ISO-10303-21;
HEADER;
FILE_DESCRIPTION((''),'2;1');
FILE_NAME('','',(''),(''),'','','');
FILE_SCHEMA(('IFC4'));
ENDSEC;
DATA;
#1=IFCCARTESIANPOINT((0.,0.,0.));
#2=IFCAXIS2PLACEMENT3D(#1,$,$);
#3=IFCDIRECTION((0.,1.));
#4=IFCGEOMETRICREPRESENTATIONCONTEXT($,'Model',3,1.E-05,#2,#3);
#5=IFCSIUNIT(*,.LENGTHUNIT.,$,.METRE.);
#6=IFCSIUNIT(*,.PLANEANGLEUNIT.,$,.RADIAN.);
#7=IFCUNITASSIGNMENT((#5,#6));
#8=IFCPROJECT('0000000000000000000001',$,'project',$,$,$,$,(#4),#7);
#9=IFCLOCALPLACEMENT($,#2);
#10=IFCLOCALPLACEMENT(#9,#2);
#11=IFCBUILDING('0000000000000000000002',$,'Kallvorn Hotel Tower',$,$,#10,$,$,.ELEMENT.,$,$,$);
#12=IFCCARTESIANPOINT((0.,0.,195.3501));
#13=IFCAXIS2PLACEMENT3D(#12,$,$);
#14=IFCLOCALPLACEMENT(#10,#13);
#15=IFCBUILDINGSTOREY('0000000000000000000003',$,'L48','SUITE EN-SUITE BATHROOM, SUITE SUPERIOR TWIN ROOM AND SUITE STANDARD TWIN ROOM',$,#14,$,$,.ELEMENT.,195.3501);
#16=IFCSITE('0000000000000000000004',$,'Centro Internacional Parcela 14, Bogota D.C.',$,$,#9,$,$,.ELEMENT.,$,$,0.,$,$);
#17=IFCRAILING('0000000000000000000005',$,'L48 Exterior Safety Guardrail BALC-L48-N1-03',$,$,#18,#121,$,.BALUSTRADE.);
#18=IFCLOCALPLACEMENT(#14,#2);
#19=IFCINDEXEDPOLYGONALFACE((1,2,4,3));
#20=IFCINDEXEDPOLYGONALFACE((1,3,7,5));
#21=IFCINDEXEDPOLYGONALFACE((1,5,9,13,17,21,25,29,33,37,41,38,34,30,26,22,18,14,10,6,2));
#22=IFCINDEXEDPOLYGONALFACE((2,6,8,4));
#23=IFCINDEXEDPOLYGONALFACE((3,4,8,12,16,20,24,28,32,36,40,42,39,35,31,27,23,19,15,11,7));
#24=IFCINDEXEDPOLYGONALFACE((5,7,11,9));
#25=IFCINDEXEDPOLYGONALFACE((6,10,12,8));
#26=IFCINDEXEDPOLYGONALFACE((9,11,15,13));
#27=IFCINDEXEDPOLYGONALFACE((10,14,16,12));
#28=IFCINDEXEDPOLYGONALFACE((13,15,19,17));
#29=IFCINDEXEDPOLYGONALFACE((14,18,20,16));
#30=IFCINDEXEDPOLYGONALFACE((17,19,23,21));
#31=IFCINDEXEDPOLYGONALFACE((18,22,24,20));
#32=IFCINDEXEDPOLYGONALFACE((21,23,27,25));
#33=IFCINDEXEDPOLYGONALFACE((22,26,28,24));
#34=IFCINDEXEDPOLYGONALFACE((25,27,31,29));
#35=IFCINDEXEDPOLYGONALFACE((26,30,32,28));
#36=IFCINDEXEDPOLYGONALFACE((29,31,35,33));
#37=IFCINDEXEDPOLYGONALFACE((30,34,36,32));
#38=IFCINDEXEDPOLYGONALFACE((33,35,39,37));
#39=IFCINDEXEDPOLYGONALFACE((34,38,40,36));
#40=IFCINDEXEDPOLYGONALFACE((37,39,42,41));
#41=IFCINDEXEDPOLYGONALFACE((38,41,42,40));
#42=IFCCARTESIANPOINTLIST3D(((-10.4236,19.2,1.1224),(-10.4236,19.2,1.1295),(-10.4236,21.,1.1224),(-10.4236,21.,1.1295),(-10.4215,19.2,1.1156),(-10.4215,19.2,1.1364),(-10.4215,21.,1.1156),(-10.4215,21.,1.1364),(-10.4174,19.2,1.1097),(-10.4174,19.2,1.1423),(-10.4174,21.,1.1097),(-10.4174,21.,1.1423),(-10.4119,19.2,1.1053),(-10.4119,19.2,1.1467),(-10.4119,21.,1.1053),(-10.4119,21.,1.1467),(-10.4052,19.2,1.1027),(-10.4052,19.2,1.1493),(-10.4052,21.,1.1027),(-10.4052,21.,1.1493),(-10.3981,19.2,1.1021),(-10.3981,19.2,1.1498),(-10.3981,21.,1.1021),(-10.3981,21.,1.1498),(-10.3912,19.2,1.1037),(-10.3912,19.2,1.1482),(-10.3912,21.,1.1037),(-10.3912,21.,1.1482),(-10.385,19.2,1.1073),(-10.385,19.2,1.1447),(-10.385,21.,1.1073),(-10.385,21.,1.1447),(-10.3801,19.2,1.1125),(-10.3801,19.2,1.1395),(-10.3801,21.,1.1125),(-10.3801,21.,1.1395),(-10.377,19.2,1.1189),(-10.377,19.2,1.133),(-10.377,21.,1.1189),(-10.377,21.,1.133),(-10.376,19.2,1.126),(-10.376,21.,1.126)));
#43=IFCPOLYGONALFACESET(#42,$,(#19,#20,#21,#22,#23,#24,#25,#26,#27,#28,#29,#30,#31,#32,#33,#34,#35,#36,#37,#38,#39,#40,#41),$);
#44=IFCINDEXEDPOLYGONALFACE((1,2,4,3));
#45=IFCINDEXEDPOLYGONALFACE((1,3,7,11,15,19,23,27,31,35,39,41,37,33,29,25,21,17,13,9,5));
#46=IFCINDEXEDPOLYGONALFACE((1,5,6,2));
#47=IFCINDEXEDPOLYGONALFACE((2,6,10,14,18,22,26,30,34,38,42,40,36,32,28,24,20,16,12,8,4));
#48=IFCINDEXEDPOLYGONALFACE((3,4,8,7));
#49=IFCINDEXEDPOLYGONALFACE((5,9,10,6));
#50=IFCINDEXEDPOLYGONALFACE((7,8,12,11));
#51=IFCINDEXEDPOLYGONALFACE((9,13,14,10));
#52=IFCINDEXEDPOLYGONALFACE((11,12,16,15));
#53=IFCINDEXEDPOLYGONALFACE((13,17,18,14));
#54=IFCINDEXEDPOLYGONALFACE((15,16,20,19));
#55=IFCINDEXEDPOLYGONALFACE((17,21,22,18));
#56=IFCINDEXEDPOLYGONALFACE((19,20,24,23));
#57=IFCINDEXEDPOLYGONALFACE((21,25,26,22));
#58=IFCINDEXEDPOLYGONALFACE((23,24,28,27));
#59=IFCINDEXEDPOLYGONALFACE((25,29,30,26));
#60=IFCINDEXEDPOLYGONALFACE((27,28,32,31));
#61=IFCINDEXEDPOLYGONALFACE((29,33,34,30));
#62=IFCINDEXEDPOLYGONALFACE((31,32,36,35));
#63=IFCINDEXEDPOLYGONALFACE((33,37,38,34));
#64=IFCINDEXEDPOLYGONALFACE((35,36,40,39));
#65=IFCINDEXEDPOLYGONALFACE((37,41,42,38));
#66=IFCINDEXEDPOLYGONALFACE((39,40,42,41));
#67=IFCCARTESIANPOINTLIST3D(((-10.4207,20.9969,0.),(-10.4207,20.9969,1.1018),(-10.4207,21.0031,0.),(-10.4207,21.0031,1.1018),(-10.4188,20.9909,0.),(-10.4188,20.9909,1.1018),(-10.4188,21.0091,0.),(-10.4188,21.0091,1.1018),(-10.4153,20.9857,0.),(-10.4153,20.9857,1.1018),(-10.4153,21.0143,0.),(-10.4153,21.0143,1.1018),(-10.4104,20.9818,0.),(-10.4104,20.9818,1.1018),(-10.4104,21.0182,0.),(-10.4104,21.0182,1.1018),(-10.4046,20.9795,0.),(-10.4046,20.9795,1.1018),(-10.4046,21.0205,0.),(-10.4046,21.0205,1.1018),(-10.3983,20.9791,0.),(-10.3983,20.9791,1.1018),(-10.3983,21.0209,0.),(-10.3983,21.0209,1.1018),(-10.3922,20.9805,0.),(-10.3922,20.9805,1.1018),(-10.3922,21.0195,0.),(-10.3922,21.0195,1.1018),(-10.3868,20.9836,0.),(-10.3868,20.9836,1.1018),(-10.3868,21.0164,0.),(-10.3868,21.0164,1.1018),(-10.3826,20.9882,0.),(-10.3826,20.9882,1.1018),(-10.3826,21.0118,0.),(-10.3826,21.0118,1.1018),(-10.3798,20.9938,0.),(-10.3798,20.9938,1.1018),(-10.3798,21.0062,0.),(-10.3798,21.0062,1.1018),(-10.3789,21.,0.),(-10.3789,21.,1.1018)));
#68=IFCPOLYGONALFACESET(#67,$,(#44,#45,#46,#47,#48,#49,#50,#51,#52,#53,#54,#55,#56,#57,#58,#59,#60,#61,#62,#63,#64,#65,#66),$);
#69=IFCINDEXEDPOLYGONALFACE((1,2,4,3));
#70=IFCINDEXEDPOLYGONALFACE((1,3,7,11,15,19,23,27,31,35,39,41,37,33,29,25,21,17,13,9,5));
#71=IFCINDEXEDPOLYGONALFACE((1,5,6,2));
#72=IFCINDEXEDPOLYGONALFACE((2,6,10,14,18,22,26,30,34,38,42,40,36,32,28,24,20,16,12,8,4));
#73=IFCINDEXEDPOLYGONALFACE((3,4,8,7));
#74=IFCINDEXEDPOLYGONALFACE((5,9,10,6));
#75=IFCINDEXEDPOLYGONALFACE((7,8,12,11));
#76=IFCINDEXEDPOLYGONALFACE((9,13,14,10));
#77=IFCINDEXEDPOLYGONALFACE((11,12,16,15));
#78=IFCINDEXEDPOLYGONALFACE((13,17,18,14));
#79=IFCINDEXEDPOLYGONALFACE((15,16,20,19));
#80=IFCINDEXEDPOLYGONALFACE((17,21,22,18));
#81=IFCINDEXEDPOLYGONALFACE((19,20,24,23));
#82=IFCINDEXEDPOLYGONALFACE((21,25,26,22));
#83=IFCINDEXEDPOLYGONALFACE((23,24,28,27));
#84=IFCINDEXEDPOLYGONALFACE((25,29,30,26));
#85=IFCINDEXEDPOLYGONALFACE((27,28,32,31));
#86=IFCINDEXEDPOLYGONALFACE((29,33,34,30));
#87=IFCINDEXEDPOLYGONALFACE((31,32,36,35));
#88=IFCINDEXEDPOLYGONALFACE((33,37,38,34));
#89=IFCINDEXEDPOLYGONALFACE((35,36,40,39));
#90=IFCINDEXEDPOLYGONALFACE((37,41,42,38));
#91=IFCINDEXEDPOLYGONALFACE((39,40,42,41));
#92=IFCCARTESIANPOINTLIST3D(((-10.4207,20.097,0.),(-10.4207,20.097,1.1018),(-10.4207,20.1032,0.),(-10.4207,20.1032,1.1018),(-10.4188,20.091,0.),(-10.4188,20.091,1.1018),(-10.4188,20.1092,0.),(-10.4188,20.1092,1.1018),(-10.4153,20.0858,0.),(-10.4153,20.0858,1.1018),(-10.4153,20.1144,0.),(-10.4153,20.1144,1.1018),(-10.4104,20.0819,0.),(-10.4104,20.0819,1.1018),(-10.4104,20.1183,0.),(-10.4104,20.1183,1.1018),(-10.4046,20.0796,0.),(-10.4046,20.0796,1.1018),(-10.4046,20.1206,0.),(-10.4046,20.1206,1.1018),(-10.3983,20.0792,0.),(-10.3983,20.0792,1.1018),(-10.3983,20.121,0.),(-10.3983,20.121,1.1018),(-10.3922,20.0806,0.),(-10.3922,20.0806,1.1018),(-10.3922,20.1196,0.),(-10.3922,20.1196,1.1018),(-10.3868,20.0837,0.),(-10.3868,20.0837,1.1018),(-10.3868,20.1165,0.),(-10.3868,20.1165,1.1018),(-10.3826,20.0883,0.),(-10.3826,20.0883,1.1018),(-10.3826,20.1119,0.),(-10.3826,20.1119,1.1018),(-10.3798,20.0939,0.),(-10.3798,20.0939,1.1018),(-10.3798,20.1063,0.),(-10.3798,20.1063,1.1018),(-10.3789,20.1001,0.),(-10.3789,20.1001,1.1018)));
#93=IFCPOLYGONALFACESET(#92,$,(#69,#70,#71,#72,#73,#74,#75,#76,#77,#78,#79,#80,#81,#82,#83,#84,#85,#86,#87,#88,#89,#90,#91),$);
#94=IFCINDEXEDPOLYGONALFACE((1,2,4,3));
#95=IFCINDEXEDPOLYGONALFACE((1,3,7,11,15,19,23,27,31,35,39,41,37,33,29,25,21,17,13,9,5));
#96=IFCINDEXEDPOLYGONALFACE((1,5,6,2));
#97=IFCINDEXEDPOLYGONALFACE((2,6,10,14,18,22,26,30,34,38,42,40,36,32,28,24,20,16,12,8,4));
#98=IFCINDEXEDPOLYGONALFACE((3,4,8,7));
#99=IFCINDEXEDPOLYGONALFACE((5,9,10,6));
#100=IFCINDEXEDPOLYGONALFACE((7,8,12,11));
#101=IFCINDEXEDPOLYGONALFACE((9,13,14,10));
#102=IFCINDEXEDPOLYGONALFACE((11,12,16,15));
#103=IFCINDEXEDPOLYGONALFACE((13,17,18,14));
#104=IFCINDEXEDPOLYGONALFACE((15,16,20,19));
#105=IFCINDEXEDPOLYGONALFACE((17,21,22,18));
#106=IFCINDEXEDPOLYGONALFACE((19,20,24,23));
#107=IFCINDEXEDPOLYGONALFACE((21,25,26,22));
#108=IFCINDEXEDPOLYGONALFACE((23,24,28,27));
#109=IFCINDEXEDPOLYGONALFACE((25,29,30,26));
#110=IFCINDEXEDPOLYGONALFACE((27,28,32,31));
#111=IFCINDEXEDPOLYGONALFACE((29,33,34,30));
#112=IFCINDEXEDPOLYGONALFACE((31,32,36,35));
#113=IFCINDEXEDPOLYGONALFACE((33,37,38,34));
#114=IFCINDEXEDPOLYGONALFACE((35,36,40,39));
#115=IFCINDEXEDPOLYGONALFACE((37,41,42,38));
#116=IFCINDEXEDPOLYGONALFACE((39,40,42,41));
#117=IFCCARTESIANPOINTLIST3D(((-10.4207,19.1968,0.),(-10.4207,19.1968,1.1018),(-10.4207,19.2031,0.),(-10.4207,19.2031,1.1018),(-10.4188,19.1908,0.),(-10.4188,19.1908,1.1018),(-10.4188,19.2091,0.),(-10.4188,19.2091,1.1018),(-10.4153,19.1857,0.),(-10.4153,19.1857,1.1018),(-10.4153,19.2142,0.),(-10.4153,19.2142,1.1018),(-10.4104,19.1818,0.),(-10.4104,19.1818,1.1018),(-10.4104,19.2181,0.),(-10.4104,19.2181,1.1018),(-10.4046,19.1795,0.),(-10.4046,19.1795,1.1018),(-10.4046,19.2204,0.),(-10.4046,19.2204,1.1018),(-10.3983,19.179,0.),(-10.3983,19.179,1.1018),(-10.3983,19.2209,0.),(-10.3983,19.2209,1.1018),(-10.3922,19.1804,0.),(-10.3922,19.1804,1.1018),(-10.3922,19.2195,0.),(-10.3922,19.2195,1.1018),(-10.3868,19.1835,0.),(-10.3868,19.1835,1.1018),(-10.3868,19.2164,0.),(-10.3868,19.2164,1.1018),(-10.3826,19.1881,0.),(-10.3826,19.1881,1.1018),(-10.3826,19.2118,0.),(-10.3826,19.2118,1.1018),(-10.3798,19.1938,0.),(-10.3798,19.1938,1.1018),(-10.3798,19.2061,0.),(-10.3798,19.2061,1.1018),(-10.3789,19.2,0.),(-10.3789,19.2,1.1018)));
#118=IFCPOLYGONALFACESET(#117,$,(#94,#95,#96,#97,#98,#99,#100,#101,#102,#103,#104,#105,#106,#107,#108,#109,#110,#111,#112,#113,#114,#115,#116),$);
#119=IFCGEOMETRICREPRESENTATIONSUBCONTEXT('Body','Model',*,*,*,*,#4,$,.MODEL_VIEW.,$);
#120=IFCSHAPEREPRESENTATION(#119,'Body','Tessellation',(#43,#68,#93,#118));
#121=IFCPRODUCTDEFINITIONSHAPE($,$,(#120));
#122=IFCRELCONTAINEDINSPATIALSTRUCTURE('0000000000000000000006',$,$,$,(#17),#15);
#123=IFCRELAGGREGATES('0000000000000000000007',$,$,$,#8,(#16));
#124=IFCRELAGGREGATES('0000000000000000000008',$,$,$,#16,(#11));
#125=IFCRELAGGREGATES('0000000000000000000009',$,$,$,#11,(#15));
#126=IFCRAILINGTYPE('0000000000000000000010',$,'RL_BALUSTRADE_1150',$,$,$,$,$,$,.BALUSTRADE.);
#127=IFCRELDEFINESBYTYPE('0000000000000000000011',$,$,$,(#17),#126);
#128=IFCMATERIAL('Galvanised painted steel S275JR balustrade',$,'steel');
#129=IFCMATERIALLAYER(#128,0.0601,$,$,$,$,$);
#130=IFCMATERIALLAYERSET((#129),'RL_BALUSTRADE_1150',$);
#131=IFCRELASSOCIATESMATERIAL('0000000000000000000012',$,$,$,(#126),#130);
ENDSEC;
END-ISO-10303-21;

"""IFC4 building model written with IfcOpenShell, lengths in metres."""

from ifc_helpers import new_model, si_unit, direction, frame, origin, origin_2d, place, context, subcontext, project, spatial, circle, extrude, material, layer, layer_set, type_object, element, save


model = new_model("IFC4")

# Units and contexts
model_context = context("Model", 3, precision=1e-05, world=origin(), true_north=direction((0.0, 1.0)))
body_context = subcontext(model_context, "Body", "Model", "MODEL_VIEW")
ifc_project = project(units=[si_unit("LENGTHUNIT", "METRE"), si_unit("PLANEANGLEUNIT", "RADIAN")], contexts=[model_context])

# Site, building, storey
site_placement = place(None, origin())
site = spatial("IfcSite", under=ifc_project, at=site_placement, Name="Centro Internacional Parcela 14, Bogota D.C.", CompositionType="ELEMENT", RefElevation=0.0)
building_placement = place(site_placement, origin())
building = spatial("IfcBuilding", under=site, at=building_placement, Name="Kallvorn Hotel Tower", CompositionType="ELEMENT")
storey_placement = place(building_placement, frame((0.0, 0.0, 195.3501)))
storey = spatial("IfcBuildingStorey", under=building, at=storey_placement, Name="L48", Description="SUITE EN-SUITE BATHROOM, SUITE SUPERIOR TWIN ROOM AND SUITE STANDARD TWIN ROOM", CompositionType="ELEMENT", Elevation=195.3501)

# Railing
ifc_material_1 = material(Name="Galvanised painted steel S275JR balustrade", Category="steel")
ifc_layer_1 = layer(ifc_material_1, 0.0601)
ifc_layer_set_1 = layer_set([ifc_layer_1], Name="RL_BALUSTRADE_1150")
railing_type = type_object("IfcRailingType", Name="RL_BALUSTRADE_1150", PredefinedType="BALUSTRADE", material=ifc_layer_set_1)
railing_1_placement = place(storey_placement, frame((-10.3999, 21.0, 0.0)))
element("IfcRailing", 1, at=railing_1_placement, inside=storey, type_object=railing_type, Name="L48 Exterior Safety Guardrail BALC-L48-N1-03", PredefinedType="BALUSTRADE", context=body_context, shape_type="SweptSolid", body=[
    extrude(circle(Radius=0.0239, at=origin_2d()), frame((0.0, 0.0, 1.126), z_axis=(0.0, -1.0, 0.0), x_axis=(1.0, 0.0, 0.0)), (0.0, 0.0, 1.0), 1.8),
    extrude(circle(Radius=0.021, at=origin_2d()), origin(), (0.0, 0.0, 1.0), 1.1018),
    extrude(circle(Radius=0.021, at=origin_2d()), frame((0.0, -0.8999, 0.0)), (0.0, 0.0, 1.0), 1.1018),
    extrude(circle(Radius=0.021, at=origin_2d()), frame((0.0, -1.8, 0.0)), (0.0, 0.0, 1.0), 1.1018),
])

save(model, "model.ifc")
